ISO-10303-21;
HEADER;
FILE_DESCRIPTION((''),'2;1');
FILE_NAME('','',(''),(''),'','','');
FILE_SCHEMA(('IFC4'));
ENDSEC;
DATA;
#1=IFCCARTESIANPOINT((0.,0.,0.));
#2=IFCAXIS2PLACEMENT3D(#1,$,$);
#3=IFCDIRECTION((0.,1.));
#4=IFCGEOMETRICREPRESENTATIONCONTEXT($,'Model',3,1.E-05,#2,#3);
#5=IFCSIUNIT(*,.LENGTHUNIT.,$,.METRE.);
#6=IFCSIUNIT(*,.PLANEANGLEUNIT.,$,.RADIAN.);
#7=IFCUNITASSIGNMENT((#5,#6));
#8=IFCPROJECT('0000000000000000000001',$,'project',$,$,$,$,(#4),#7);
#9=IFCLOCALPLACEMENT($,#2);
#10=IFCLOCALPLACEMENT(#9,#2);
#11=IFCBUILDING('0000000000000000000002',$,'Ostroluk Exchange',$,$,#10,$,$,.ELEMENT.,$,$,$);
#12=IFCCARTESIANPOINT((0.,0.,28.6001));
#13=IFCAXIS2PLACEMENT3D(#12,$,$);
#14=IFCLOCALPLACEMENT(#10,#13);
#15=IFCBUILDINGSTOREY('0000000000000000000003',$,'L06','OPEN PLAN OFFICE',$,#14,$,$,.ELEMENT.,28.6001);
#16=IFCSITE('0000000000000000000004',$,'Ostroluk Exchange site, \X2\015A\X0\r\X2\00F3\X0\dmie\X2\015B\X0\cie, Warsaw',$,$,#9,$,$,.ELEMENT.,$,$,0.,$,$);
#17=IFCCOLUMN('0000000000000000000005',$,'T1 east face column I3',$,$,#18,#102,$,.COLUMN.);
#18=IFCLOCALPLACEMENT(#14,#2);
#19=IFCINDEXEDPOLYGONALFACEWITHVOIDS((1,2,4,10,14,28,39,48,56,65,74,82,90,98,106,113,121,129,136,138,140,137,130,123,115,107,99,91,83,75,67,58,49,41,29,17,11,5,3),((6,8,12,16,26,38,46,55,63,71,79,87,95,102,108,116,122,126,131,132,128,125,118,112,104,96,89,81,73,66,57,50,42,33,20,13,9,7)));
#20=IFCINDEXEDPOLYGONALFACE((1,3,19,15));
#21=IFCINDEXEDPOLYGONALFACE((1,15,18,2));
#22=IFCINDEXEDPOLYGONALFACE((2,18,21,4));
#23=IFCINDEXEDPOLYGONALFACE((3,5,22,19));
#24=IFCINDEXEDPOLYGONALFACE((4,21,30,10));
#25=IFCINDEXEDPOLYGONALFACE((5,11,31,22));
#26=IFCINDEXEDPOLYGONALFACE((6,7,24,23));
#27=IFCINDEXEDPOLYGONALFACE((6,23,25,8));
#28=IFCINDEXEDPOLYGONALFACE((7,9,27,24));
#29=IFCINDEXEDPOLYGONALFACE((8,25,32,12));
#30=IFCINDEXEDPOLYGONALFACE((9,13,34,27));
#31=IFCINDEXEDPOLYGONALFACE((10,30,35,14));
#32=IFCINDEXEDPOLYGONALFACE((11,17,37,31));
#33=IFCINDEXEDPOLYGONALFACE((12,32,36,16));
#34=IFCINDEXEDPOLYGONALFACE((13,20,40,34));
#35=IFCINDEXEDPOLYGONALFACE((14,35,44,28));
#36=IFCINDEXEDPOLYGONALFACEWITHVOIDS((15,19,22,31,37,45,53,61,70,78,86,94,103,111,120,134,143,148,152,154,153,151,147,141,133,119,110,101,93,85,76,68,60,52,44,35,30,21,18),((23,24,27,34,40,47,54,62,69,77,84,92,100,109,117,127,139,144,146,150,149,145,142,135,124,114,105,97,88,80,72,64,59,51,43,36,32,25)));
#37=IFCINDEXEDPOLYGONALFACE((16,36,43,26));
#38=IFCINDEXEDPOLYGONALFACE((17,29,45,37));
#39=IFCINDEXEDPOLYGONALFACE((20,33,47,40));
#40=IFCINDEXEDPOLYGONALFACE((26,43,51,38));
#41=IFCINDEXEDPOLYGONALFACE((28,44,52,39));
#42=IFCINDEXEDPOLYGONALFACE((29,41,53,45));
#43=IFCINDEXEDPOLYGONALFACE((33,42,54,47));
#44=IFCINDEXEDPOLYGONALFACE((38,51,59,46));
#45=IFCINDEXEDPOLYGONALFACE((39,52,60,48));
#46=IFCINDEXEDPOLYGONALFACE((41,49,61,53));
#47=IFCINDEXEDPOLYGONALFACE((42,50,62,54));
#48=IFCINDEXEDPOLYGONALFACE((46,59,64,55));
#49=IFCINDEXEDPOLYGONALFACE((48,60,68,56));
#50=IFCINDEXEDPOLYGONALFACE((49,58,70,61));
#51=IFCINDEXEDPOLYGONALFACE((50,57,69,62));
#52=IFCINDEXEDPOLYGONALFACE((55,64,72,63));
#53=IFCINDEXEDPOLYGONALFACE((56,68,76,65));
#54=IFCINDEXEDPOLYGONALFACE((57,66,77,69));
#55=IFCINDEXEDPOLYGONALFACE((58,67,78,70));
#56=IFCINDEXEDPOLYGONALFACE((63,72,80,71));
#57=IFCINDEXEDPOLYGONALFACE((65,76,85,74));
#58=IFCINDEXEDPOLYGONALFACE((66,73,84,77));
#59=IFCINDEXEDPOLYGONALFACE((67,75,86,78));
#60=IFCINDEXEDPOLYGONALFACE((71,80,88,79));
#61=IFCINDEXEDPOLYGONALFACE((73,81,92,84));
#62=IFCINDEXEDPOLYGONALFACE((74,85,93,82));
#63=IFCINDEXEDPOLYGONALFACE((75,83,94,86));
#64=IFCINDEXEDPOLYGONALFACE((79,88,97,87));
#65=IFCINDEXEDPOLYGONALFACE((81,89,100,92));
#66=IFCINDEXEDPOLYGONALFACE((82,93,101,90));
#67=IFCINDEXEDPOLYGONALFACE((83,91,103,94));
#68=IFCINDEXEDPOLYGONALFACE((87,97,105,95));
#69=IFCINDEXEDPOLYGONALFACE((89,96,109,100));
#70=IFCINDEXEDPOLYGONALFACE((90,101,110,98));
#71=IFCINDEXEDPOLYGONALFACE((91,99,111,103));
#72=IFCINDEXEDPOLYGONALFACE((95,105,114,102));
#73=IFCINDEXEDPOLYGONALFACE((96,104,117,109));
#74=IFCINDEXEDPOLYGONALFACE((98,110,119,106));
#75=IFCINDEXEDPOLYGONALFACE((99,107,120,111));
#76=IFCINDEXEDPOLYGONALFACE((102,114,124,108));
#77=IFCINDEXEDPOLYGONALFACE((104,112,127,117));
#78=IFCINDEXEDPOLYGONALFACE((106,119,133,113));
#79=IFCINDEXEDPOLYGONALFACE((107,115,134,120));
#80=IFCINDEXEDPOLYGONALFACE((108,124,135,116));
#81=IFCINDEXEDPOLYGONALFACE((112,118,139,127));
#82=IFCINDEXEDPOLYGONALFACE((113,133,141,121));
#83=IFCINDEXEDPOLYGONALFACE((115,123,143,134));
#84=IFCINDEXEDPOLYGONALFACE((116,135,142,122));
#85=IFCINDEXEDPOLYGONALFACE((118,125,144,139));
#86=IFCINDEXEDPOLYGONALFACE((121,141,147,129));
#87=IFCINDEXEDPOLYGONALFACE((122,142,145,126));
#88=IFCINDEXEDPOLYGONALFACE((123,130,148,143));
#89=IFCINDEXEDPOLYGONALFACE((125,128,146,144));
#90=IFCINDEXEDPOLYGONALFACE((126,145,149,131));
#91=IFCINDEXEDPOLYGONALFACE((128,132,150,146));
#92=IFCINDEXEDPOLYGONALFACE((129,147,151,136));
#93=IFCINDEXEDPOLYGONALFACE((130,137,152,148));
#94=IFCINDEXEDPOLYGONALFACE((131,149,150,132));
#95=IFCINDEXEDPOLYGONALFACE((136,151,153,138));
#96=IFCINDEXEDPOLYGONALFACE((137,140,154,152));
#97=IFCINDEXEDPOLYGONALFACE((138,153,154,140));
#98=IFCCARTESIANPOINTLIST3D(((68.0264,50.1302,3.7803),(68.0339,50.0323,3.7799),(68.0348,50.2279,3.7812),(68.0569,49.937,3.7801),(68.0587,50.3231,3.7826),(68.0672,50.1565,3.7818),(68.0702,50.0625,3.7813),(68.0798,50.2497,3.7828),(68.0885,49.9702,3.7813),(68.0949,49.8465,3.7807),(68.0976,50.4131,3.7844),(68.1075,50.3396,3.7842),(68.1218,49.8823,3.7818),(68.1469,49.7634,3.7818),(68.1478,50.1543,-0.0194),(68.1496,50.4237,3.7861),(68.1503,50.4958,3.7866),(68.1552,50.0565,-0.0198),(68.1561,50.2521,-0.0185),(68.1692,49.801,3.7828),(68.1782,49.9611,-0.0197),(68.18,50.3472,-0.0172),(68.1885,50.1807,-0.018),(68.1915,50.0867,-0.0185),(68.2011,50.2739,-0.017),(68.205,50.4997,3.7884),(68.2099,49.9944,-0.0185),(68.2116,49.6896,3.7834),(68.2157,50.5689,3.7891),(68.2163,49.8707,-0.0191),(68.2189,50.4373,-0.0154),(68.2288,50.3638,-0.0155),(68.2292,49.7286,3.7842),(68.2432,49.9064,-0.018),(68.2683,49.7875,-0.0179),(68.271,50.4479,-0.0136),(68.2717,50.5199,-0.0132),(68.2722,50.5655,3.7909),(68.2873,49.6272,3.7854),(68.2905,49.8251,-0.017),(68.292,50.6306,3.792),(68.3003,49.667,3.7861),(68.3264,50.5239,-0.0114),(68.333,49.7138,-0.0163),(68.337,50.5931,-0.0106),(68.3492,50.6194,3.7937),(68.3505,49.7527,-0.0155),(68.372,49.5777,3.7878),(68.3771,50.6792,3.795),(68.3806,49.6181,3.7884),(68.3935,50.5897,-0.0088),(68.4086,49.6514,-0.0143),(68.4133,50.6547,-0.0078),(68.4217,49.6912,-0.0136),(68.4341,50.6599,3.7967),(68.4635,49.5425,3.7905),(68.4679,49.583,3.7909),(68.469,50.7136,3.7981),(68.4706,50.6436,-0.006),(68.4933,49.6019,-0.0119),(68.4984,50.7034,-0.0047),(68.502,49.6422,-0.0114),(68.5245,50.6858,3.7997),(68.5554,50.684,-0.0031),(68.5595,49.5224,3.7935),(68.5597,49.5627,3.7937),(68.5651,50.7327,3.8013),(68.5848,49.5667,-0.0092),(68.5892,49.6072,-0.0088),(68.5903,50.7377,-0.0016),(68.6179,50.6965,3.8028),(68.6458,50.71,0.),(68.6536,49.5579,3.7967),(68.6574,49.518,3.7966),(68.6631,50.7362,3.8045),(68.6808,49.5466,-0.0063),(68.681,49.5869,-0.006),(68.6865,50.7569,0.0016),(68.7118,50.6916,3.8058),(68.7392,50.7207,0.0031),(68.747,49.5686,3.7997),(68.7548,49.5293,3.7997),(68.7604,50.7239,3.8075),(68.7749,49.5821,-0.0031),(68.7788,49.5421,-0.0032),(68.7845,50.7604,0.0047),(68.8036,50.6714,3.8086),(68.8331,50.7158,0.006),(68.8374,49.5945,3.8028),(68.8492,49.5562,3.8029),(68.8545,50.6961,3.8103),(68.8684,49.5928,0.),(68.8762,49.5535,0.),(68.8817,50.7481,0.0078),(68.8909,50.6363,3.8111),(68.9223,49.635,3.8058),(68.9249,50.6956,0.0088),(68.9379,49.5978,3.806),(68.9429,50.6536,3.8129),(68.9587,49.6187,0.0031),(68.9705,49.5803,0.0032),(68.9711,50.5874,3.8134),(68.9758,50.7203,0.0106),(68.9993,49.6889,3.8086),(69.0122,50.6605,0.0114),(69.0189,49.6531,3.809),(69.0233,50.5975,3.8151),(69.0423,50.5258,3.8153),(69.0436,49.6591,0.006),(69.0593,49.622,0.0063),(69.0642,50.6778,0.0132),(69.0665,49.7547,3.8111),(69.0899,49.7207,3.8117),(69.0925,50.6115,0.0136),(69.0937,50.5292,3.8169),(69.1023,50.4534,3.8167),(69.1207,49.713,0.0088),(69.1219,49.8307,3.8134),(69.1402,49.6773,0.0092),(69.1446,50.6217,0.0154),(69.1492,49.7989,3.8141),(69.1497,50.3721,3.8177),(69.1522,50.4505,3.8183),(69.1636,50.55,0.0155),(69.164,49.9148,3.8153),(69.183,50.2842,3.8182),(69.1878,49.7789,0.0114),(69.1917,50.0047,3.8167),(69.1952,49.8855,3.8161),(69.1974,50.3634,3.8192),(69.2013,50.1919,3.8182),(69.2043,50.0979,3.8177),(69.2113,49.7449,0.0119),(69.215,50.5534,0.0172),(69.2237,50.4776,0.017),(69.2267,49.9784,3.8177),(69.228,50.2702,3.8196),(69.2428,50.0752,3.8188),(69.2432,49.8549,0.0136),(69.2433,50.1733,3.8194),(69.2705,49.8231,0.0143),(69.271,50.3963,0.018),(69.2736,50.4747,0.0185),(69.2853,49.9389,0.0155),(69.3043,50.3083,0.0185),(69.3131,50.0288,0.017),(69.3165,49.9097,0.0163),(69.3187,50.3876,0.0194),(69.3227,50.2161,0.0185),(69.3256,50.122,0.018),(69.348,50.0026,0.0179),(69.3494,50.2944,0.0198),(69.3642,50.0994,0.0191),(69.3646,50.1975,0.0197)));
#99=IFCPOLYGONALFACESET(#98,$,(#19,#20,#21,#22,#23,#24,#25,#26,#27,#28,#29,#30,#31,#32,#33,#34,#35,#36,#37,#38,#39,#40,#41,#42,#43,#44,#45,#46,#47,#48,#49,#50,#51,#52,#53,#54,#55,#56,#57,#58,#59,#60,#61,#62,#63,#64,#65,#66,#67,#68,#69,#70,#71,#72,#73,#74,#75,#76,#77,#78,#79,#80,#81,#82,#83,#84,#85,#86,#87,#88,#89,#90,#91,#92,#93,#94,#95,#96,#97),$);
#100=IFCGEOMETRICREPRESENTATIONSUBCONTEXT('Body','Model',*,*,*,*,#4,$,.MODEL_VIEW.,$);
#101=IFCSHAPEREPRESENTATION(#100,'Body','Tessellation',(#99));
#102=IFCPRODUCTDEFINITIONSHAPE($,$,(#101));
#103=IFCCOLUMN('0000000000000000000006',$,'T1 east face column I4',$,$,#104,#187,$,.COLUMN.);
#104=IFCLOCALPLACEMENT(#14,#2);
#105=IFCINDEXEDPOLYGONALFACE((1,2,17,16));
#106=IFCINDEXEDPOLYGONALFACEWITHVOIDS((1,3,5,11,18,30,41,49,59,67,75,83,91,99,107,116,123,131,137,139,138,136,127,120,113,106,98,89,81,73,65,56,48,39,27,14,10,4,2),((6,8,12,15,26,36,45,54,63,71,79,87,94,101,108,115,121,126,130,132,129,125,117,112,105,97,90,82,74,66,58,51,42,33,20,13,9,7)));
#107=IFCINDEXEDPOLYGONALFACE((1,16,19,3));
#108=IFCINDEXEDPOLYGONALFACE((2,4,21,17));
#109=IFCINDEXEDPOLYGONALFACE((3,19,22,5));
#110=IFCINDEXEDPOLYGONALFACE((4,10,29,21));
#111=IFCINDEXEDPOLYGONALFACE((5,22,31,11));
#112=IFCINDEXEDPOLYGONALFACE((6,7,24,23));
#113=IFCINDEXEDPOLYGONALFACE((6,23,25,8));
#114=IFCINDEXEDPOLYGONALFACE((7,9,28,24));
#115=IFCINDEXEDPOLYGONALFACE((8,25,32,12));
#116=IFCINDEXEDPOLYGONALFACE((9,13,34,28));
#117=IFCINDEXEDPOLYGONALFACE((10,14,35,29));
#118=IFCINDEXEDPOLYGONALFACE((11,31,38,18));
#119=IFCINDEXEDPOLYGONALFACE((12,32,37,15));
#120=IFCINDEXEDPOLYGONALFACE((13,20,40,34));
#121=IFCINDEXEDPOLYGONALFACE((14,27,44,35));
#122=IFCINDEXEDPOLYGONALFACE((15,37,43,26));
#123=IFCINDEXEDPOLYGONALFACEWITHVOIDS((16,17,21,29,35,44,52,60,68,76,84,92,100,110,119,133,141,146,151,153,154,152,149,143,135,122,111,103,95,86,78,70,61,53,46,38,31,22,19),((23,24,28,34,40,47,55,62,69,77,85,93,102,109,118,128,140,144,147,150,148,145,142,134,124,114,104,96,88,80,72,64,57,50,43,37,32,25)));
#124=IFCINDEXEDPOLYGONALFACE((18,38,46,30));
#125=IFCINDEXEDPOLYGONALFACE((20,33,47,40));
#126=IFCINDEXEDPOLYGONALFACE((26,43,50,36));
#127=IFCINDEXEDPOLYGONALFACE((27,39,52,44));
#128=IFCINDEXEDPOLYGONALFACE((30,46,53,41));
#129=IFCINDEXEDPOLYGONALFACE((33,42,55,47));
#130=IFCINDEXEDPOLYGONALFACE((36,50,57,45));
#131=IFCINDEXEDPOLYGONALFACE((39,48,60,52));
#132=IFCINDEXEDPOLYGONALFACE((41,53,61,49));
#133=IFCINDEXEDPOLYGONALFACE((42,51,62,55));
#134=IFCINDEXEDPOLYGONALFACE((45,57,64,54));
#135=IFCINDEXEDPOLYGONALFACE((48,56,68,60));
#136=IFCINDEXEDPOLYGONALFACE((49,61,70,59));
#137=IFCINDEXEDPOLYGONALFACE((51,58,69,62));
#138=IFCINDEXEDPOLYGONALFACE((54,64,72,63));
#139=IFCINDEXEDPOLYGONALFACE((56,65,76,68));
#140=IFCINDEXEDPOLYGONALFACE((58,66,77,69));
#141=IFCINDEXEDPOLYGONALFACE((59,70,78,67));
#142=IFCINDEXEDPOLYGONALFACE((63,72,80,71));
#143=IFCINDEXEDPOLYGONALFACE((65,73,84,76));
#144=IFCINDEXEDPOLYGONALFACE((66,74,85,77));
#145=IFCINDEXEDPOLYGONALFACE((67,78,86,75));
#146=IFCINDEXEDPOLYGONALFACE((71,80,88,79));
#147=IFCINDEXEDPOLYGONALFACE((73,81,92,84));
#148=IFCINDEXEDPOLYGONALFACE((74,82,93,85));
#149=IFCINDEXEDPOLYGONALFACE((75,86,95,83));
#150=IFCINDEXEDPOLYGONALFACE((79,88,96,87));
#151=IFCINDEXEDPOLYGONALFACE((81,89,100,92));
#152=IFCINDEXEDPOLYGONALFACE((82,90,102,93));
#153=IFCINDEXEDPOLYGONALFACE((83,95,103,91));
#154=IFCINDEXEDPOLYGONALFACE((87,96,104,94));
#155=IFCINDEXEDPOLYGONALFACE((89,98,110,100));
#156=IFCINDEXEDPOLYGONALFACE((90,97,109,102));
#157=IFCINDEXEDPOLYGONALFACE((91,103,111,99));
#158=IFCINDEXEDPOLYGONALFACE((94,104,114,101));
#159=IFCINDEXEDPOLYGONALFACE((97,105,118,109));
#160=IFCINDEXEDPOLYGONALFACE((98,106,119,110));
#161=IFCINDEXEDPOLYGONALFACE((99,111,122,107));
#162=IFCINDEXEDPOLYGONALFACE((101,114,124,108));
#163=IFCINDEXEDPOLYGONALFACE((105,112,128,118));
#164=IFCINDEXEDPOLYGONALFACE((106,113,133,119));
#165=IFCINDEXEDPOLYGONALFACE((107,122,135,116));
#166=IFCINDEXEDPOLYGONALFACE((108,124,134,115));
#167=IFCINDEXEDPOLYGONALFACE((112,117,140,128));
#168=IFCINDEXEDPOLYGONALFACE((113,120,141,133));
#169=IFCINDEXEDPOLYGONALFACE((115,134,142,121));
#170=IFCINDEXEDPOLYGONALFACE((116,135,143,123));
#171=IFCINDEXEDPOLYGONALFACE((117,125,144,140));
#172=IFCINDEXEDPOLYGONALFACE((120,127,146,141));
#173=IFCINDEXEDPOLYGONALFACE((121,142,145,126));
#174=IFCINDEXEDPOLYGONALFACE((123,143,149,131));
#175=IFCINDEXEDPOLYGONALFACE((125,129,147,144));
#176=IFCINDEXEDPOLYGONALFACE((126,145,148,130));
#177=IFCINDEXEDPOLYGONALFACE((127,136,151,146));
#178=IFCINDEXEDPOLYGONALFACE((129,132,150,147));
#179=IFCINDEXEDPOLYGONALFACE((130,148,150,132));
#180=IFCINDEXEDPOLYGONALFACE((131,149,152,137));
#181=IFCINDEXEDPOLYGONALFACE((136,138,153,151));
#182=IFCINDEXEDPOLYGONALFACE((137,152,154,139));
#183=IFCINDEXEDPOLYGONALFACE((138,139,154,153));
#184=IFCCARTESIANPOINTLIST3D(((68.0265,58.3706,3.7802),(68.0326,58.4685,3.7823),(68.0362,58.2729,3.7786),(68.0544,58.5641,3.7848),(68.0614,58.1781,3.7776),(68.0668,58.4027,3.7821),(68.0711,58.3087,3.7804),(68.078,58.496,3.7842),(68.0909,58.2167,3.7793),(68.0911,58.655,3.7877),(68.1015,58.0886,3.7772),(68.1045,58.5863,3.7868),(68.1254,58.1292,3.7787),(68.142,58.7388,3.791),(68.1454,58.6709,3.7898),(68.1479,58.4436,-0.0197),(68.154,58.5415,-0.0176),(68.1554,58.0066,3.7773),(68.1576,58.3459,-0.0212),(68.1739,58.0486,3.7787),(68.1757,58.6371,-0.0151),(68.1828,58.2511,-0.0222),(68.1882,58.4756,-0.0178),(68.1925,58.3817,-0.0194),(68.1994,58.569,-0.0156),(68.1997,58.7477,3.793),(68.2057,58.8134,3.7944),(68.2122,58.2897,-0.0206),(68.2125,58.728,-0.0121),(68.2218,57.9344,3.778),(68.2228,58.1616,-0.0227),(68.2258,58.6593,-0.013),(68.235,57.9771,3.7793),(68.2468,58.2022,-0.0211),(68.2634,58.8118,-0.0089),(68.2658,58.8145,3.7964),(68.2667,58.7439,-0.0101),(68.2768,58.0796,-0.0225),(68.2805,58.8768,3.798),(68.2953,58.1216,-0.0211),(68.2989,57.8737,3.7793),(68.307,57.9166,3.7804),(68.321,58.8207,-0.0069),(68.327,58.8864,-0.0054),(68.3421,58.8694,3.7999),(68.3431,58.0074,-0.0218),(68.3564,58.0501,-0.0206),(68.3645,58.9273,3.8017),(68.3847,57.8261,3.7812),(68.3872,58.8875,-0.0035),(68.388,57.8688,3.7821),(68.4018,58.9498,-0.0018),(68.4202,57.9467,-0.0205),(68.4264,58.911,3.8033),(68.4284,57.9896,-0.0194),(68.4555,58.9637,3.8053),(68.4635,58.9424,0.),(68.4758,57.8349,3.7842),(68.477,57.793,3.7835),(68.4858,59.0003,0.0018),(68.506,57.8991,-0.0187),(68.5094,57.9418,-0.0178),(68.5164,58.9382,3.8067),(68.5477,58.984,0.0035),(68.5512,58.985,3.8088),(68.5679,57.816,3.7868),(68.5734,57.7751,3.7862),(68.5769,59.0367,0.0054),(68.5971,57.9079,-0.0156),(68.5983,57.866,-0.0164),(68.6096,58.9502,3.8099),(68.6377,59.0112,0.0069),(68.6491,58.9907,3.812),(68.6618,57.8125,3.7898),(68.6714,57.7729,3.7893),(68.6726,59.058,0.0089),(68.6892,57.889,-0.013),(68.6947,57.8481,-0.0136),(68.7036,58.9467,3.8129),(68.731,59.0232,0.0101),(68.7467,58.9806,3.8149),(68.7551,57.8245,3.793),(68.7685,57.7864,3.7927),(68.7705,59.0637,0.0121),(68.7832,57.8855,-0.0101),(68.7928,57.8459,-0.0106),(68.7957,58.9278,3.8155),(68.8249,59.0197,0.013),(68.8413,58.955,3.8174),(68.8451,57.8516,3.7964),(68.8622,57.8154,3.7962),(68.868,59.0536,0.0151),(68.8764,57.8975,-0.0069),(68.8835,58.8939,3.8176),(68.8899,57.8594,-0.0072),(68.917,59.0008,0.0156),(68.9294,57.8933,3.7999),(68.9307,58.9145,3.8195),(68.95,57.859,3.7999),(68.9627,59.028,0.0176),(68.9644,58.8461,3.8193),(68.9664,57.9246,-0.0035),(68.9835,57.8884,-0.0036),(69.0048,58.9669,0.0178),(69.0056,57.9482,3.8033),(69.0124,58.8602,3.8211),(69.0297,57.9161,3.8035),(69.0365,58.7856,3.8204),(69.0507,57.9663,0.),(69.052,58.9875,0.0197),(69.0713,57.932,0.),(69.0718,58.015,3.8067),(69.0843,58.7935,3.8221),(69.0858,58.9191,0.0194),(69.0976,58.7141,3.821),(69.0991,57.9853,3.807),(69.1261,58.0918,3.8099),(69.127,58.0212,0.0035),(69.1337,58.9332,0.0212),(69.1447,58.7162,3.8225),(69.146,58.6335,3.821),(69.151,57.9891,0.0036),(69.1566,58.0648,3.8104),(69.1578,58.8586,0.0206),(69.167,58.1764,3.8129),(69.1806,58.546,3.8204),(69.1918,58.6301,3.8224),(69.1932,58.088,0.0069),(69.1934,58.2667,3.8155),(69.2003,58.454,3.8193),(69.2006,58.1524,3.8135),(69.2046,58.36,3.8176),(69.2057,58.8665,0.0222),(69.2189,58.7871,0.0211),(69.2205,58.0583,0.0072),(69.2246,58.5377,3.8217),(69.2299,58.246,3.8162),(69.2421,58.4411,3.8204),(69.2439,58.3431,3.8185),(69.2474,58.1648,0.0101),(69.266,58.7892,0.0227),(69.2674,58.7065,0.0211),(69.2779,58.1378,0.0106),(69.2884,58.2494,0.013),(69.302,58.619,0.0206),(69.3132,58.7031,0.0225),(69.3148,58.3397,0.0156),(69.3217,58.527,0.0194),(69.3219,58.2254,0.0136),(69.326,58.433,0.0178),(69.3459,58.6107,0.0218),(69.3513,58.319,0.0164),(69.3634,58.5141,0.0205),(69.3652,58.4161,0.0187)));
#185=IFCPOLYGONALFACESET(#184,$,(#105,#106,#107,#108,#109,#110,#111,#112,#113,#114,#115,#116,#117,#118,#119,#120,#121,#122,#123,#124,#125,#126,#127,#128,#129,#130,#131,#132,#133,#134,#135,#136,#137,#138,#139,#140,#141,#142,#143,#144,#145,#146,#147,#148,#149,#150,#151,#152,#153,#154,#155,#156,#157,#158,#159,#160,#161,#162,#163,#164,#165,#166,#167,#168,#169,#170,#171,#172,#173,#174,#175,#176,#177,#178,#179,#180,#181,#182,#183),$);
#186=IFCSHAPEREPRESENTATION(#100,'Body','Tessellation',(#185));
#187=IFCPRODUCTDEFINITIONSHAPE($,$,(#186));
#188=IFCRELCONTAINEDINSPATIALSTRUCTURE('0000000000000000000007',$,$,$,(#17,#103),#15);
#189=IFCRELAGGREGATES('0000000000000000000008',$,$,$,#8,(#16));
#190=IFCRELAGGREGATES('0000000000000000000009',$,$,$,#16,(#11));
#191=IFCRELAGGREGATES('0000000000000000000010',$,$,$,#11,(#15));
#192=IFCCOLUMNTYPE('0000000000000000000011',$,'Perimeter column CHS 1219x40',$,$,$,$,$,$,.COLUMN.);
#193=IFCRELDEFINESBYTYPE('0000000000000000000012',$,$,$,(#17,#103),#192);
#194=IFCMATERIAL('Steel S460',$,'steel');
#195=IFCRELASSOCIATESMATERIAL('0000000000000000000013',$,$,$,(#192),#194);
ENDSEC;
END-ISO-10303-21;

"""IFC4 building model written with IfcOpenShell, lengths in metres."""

from ifc_helpers import new_model, si_unit, direction, frame, origin, origin_2d, place, context, subcontext, project, spatial, hollow_circle, extrude, material, material_profile, profile_set, type_object, element, save


model = new_model("IFC4")

# Units and contexts
model_context = context("Model", 3, precision=1e-05, world=origin(), true_north=direction((0.0, 1.0)))
body_context = subcontext(model_context, "Body", "Model", "MODEL_VIEW")
ifc_project = project(units=[si_unit("LENGTHUNIT", "METRE"), si_unit("PLANEANGLEUNIT", "RADIAN")], contexts=[model_context])

# Site, building, storey
site_placement = place(None, origin())
site = spatial("IfcSite", under=ifc_project, at=site_placement, Name="Ostroluk Exchange site, Śródmieście, Warsaw", CompositionType="ELEMENT", RefElevation=0.0)
building_placement = place(site_placement, origin())
building = spatial("IfcBuilding", under=site, at=building_placement, Name="Ostroluk Exchange", CompositionType="ELEMENT")
storey_placement = place(building_placement, frame((0.0, 0.0, 28.6001)))
storey = spatial("IfcBuildingStorey", under=building, at=storey_placement, Name="L06", Description="OPEN PLAN OFFICE", CompositionType="ELEMENT", Elevation=28.6001)

# Columns
ifc_material_1 = material(Name="Steel S460", Category="steel")
ifc_material_profile_1 = material_profile(ifc_material_1, hollow_circle(Radius=0.6096, WallThickness=0.04, at=origin_2d()), Name="CHS 1219x40")
ifc_profile_set_1 = profile_set([ifc_material_profile_1], Name="Steel S460")
column_type = type_object("IfcColumnType", Name="Perimeter column CHS 1219x40", PredefinedType="COLUMN", material=ifc_profile_set_1)
column_1_placement = place(storey_placement, frame((68.7571, 50.1514, 0.0), z_axis=(-0.031916, -0.006357, 0.99947), x_axis=(0.195357, -0.980732, 0.0)))
element("IfcColumn", 1, at=column_1_placement, inside=storey, type_object=column_type, Name="T1 east face column I3", PredefinedType="COLUMN", context=body_context, shape_type="SweptSolid", body=[
    extrude(hollow_circle(Radius=0.6096, WallThickness=0.04, at=origin_2d()), origin(), (0.0, 0.0, 1.0), 3.8018),
])
column_2_placement = place(storey_placement, frame((68.7571, 58.4543, 0.0), z_axis=(-0.031911, -0.019198, 0.999306), x_axis=(0.51551, -0.856884, 0.0)))
element("IfcColumn", 2, at=column_2_placement, inside=storey, type_object=column_type, Name="T1 east face column I4", PredefinedType="COLUMN", context=body_context, shape_type="SweptSolid", body=[
    extrude(hollow_circle(Radius=0.6096, WallThickness=0.04, at=origin_2d()), origin(), (0.0, 0.0, 1.0), 3.8025),
])

save(model, "model.ifc")
